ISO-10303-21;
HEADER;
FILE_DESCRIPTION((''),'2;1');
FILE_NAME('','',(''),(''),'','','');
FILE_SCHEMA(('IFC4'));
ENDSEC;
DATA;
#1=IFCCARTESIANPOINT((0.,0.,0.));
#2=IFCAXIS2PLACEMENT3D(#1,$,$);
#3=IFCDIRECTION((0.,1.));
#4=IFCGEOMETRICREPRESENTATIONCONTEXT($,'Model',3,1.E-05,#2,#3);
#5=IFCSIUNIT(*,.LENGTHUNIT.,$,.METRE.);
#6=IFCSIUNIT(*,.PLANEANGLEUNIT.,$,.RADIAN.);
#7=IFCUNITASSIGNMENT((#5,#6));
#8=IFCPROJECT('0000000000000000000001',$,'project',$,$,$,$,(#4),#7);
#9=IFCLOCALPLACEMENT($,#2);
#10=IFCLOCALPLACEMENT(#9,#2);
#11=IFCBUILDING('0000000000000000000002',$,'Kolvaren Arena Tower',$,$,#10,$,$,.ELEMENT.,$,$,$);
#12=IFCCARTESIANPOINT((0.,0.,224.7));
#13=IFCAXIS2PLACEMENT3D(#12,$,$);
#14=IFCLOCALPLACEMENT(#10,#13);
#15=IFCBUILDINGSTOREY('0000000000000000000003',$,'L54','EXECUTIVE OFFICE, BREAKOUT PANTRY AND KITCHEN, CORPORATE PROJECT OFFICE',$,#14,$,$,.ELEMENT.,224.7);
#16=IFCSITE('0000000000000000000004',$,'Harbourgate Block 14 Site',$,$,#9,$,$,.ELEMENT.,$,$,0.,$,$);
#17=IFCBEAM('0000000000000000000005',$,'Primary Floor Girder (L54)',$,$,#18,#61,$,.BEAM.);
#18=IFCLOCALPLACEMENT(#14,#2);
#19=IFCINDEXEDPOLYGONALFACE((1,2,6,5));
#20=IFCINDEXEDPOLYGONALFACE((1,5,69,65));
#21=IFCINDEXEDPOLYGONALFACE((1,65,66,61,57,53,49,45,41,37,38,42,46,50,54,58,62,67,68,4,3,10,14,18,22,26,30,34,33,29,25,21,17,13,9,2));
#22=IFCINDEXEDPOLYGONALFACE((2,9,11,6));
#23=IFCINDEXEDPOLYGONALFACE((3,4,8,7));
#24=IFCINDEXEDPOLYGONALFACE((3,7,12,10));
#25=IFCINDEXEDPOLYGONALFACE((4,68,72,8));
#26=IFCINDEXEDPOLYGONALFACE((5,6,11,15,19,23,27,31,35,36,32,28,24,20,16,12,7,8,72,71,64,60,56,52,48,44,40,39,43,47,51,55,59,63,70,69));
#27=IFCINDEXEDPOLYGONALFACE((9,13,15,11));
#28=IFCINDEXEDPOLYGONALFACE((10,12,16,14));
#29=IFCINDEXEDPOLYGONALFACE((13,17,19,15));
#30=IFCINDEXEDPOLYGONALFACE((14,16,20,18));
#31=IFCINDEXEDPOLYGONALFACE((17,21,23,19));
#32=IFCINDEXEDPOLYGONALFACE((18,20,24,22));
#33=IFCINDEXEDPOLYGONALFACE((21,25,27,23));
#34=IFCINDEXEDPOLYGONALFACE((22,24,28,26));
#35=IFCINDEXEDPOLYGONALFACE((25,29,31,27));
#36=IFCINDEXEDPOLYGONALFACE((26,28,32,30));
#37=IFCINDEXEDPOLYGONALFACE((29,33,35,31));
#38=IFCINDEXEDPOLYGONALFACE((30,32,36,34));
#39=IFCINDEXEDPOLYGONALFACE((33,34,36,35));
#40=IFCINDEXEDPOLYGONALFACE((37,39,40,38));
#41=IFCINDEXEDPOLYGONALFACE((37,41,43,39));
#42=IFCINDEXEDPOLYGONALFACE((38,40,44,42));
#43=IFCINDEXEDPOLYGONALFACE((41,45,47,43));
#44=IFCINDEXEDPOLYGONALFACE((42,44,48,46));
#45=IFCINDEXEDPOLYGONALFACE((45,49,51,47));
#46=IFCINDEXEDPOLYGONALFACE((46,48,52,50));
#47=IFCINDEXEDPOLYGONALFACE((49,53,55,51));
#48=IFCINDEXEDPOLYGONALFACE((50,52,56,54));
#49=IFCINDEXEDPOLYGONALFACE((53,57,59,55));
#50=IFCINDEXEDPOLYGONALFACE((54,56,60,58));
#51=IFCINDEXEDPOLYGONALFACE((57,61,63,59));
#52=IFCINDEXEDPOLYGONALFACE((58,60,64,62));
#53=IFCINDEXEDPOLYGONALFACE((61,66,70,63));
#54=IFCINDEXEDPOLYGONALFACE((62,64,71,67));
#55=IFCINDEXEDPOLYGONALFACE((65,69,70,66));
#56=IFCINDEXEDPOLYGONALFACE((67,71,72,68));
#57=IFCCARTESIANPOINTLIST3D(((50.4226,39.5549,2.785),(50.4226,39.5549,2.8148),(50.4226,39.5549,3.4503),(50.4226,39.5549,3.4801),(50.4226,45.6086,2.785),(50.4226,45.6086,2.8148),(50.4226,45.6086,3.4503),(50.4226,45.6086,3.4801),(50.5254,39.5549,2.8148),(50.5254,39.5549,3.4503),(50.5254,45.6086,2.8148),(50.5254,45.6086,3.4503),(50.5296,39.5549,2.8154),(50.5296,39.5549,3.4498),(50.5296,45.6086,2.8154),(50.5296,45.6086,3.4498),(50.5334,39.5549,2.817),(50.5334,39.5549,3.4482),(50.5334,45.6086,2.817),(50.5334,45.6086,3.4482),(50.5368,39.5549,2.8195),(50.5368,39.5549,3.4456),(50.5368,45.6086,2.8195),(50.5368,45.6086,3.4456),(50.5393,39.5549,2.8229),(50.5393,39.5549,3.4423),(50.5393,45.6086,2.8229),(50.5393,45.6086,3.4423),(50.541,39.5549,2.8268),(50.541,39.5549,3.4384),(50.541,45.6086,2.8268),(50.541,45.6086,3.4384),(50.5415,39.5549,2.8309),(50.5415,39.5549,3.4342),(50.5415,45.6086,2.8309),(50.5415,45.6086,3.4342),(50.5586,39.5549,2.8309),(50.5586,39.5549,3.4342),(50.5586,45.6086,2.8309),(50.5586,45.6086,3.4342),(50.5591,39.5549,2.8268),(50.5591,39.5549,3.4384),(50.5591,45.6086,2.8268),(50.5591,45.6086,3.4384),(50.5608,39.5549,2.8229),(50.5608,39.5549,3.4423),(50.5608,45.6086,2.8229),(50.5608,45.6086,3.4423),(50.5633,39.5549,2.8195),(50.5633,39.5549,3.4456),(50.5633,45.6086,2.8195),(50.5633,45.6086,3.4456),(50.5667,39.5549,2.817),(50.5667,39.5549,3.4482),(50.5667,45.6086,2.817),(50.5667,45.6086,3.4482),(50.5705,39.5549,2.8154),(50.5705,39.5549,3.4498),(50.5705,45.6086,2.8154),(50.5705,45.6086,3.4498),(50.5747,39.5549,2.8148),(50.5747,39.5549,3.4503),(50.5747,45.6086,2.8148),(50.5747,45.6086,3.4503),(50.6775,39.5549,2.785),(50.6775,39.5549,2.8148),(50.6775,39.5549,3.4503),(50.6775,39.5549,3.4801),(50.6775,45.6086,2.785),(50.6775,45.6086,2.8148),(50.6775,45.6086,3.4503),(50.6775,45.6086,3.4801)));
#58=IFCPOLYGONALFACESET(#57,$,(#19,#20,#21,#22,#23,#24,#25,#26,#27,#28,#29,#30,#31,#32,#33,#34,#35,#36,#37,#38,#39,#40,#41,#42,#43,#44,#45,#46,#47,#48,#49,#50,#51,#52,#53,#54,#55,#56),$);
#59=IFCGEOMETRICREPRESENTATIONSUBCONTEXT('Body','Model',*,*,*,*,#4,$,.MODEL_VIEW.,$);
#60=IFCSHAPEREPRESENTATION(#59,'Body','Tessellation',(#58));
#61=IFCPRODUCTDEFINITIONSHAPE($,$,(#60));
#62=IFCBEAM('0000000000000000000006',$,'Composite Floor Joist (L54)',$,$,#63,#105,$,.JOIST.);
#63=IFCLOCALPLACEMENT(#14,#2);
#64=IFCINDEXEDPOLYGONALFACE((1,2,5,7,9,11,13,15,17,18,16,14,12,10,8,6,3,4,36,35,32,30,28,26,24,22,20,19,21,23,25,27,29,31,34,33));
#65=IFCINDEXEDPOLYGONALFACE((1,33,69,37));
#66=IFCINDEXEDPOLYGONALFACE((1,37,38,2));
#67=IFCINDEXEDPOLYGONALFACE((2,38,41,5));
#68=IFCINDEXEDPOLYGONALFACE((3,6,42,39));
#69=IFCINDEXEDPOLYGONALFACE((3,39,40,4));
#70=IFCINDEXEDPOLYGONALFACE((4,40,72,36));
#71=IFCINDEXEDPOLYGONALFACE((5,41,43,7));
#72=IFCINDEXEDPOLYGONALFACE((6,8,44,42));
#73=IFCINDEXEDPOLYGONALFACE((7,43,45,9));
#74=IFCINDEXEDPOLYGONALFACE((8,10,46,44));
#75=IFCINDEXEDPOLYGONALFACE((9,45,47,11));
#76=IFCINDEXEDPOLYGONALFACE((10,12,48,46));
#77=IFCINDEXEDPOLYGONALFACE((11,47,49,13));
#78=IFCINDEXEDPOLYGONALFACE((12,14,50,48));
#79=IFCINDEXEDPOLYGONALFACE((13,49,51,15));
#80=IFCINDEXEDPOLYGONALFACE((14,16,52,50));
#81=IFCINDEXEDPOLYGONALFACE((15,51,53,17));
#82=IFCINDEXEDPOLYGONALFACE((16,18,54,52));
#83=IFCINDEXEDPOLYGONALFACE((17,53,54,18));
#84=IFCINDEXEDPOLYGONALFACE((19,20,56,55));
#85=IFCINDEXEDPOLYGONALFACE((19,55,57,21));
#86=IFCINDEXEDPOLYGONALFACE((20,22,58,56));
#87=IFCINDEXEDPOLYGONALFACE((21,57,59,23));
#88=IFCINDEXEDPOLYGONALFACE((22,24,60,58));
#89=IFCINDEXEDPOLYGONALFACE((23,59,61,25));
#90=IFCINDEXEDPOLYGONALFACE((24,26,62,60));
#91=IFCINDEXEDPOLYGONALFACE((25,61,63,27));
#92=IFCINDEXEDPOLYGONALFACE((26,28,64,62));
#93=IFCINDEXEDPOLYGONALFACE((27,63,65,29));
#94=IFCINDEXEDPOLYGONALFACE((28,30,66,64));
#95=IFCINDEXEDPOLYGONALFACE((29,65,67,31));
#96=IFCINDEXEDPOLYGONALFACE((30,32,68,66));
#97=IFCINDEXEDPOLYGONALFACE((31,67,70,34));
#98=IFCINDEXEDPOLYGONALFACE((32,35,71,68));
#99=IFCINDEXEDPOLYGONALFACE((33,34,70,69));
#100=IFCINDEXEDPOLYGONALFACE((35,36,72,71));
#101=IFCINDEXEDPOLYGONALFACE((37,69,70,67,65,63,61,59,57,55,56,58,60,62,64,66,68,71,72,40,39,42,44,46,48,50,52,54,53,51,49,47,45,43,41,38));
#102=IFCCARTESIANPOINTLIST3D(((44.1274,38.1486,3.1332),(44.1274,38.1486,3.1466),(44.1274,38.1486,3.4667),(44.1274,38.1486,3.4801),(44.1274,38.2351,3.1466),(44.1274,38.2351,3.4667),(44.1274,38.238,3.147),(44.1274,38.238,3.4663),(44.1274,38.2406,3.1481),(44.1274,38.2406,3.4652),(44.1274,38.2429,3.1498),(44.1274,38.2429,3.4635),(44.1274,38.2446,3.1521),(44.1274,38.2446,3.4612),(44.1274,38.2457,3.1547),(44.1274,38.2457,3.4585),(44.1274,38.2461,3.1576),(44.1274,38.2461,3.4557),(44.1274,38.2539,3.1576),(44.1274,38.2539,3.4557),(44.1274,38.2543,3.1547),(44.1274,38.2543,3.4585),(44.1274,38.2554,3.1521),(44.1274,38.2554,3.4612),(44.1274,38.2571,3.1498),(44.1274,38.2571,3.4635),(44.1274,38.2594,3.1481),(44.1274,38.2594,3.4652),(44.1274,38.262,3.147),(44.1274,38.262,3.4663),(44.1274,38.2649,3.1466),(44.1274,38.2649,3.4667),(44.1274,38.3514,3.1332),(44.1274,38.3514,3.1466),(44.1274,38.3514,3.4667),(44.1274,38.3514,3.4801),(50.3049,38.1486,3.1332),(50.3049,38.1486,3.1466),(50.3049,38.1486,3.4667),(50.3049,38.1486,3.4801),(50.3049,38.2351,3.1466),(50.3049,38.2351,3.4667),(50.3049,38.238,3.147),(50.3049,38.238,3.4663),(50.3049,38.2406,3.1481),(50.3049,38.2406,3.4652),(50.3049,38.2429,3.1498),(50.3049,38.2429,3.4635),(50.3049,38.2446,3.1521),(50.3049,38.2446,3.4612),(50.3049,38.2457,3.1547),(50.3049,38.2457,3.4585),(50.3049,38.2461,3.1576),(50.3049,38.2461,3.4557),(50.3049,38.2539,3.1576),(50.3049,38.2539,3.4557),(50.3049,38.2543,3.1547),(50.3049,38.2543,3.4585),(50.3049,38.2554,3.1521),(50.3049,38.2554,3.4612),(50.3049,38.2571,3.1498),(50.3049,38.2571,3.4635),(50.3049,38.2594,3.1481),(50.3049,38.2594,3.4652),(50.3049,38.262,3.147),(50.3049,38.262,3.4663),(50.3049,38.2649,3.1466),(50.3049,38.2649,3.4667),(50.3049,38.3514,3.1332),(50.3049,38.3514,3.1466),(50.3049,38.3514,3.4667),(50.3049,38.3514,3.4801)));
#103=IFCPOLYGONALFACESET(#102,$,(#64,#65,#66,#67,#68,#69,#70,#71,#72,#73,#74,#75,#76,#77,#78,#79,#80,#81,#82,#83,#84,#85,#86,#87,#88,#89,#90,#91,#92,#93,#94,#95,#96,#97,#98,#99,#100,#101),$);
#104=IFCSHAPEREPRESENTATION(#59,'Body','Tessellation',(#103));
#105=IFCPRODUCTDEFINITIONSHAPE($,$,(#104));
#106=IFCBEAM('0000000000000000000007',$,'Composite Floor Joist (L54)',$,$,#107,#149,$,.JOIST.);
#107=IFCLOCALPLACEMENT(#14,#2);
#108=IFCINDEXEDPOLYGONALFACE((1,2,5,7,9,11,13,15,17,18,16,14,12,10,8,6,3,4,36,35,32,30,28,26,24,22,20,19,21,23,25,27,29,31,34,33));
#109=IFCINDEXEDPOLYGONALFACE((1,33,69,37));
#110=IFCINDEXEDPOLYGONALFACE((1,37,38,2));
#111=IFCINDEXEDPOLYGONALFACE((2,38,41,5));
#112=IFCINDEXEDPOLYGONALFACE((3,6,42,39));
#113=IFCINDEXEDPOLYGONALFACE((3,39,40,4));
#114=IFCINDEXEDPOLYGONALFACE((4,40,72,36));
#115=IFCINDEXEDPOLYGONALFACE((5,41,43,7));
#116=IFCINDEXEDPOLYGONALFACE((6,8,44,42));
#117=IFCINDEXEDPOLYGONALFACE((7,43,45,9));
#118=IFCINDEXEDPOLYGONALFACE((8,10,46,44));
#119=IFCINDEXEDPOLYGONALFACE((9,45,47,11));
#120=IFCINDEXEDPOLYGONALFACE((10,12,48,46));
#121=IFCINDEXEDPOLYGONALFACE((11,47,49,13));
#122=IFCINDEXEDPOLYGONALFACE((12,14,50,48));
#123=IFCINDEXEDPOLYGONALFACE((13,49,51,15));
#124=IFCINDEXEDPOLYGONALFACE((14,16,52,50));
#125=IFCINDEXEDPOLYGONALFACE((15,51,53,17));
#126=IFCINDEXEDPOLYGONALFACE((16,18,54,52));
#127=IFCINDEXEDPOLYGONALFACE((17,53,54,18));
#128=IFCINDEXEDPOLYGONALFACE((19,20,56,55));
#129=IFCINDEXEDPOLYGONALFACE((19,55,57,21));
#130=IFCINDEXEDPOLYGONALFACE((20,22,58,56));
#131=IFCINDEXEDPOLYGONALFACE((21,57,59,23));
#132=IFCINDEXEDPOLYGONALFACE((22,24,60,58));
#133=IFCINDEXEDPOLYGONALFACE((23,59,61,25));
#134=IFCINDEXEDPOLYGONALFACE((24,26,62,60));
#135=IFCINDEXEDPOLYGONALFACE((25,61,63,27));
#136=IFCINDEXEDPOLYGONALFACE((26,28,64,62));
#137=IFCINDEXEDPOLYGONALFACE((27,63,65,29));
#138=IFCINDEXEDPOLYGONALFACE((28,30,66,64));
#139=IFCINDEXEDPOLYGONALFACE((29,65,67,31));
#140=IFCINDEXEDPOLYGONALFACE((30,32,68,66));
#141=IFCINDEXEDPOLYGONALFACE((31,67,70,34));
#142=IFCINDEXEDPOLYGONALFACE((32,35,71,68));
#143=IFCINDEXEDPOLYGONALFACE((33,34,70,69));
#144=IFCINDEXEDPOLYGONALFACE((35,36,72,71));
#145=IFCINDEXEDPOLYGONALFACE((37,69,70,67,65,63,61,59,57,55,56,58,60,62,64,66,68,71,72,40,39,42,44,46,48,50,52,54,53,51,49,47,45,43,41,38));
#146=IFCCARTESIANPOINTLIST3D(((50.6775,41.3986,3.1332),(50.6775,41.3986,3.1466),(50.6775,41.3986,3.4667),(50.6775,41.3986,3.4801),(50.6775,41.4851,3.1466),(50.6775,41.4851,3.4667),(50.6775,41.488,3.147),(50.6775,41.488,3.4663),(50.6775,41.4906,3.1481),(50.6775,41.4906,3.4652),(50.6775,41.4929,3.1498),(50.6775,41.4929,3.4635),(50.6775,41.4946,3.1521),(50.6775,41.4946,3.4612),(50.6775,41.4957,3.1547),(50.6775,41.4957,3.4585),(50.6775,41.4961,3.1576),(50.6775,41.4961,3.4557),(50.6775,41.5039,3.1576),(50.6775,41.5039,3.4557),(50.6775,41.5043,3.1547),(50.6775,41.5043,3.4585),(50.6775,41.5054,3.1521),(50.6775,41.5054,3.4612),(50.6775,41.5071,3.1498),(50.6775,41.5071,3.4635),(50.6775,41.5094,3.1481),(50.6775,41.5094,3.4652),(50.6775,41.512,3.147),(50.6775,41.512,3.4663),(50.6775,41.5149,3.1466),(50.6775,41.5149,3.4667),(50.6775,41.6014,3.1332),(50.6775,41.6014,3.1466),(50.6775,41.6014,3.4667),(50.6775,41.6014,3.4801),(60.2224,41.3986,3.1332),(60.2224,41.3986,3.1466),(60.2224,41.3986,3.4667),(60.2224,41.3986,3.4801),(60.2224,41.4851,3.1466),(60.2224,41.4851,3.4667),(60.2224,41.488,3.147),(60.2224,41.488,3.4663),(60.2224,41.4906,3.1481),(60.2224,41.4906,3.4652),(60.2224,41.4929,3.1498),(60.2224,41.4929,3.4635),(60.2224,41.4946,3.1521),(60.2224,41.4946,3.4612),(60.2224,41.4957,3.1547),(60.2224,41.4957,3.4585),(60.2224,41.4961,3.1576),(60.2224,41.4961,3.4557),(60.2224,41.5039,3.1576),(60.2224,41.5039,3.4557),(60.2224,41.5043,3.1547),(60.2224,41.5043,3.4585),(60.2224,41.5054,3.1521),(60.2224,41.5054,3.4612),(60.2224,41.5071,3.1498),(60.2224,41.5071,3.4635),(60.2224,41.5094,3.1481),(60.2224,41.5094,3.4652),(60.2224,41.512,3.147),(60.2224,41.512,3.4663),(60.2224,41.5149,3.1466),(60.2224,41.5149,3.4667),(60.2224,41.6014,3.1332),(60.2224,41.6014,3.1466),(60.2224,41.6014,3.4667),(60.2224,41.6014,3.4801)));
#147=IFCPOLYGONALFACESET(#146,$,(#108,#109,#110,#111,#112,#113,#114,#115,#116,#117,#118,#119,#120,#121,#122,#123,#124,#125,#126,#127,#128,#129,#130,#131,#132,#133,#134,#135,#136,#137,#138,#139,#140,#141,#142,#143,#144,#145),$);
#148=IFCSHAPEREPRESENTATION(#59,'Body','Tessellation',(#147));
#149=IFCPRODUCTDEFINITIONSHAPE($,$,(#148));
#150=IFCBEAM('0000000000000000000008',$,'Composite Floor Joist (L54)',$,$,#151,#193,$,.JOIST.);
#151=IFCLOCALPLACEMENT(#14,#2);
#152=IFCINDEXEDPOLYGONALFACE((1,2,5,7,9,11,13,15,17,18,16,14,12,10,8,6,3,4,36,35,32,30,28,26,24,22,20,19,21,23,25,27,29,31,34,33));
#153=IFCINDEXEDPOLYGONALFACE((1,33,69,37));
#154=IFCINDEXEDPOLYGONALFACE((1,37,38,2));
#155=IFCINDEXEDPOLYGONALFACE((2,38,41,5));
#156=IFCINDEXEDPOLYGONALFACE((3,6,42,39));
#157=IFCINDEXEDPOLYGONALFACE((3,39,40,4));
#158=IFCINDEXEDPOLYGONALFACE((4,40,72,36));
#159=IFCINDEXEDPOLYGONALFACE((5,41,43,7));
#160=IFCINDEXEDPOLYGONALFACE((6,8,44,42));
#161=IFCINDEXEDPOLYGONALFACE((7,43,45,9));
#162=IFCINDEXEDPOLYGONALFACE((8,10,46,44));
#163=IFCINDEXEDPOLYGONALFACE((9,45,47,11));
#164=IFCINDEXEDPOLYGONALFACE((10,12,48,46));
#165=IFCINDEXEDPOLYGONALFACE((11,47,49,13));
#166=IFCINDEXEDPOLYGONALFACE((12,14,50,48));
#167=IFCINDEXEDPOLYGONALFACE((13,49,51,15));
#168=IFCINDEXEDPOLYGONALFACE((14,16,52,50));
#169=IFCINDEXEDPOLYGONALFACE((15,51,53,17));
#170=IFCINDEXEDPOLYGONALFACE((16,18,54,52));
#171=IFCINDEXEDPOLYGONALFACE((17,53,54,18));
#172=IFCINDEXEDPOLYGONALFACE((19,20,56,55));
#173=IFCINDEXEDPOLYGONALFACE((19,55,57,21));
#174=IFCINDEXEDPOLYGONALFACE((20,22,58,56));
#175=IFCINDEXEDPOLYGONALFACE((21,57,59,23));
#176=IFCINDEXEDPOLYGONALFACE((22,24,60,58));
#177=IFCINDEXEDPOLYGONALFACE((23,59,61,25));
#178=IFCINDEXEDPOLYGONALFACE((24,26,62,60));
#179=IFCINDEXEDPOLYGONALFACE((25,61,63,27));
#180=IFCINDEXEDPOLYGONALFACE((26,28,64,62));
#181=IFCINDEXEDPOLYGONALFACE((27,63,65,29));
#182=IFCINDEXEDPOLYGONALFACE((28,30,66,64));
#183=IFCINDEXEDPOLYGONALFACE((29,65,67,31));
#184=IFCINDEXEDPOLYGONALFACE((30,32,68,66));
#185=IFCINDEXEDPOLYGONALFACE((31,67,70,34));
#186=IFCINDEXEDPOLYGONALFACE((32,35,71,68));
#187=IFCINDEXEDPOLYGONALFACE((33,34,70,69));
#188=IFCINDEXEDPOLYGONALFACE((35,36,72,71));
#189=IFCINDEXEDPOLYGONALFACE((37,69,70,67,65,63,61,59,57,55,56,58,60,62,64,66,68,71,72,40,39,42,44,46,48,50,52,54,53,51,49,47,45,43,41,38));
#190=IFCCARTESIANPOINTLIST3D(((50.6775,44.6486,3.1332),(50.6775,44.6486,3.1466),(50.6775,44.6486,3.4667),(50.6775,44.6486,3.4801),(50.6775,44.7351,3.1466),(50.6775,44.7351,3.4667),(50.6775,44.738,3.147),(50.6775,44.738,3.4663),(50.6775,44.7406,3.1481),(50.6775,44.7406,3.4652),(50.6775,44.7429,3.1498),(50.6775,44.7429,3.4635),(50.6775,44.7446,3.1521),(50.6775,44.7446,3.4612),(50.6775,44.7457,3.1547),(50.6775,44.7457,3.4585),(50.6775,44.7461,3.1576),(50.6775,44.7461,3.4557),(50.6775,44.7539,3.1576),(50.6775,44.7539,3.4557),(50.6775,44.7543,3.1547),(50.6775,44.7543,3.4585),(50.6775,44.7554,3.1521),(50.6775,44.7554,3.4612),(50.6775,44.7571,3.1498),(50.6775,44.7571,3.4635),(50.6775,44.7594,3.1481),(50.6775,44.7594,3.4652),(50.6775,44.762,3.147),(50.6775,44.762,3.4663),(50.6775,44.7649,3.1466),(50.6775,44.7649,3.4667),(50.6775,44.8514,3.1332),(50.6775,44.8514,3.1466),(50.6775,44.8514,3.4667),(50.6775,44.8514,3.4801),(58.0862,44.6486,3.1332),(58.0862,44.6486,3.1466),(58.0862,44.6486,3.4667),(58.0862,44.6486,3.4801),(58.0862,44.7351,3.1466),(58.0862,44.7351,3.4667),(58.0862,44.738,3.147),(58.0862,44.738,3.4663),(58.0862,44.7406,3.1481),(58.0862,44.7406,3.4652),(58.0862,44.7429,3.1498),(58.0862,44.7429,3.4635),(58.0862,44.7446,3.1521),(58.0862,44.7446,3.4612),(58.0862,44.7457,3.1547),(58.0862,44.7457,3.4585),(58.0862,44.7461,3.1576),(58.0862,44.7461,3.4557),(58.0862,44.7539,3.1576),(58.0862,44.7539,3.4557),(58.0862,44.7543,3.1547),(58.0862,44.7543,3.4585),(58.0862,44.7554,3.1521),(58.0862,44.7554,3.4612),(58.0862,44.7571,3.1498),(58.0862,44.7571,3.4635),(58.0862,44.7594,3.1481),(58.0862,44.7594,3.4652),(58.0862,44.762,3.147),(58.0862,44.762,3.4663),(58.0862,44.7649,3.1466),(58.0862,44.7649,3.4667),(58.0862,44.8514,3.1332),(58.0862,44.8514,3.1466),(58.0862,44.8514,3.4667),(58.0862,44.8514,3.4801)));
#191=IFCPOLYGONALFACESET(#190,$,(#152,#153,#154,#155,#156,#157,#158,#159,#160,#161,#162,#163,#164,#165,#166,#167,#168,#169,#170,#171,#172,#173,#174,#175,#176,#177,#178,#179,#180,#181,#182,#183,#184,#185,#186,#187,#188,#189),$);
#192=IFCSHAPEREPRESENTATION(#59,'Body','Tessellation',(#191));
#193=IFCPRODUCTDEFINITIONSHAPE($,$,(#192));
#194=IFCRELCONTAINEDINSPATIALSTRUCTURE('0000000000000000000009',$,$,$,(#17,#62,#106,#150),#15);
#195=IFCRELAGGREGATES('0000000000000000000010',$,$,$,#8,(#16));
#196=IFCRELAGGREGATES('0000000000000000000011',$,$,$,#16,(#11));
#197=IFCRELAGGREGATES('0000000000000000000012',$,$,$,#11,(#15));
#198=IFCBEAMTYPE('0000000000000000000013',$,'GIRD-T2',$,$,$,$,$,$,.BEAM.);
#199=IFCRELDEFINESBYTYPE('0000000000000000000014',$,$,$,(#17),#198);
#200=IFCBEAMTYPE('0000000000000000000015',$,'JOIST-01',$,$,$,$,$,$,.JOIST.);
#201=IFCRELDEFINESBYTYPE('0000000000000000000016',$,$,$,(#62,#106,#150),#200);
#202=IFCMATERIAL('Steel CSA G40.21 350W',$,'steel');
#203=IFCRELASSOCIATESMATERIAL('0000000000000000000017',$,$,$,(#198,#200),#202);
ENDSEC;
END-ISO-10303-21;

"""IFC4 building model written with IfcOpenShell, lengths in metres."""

from ifc_helpers import new_model, si_unit, direction, frame, origin, origin_2d, place, context, subcontext, project, spatial, i_section, extrude, material, material_profile, profile_set, type_object, element, save


model = new_model("IFC4")

# Units and contexts
model_context = context("Model", 3, precision=1e-05, world=origin(), true_north=direction((0.0, 1.0)))
body_context = subcontext(model_context, "Body", "Model", "MODEL_VIEW")
ifc_project = project(units=[si_unit("LENGTHUNIT", "METRE"), si_unit("PLANEANGLEUNIT", "RADIAN")], contexts=[model_context])

# Site, building, storey
site_placement = place(None, origin())
site = spatial("IfcSite", under=ifc_project, at=site_placement, Name="Harbourgate Block 14 Site", CompositionType="ELEMENT", RefElevation=0.0)
building_placement = place(site_placement, origin())
building = spatial("IfcBuilding", under=site, at=building_placement, Name="Kolvaren Arena Tower", CompositionType="ELEMENT")
storey_placement = place(building_placement, frame((0.0, 0.0, 224.7)))
storey = spatial("IfcBuildingStorey", under=building, at=storey_placement, Name="L54", Description="EXECUTIVE OFFICE, BREAKOUT PANTRY AND KITCHEN, CORPORATE PROJECT OFFICE", CompositionType="ELEMENT", Elevation=224.7)

# Beams
ifc_material_1 = material(Name="Steel CSA G40.21 350W", Category="steel")
ifc_material_profile_1 = material_profile(ifc_material_1, i_section(OverallWidth=0.2549, OverallDepth=0.6951, WebThickness=0.0171, FlangeThickness=0.0298, FilletRadius=0.0161, at=origin_2d()), Name="W690x217")
ifc_profile_set_1 = profile_set([ifc_material_profile_1], Name="Steel CSA G40.21 350W")
beam_type_1 = type_object("IfcBeamType", Name="GIRD-T2", PredefinedType="BEAM", material=ifc_profile_set_1)
beam_1_placement = place(storey_placement, frame((50.55, 39.5549, 3.1326), z_axis=(0.0, 1.0, 0.0), x_axis=(-1.0, 0.0, 0.0)))
element("IfcBeam", 1, at=beam_1_placement, inside=storey, type_object=beam_type_1, Name="Primary Floor Girder (L54)", PredefinedType="BEAM", context=body_context, shape_type="SweptSolid", body=[
    extrude(i_section(OverallWidth=0.2549, OverallDepth=0.6951, WebThickness=0.0171, FlangeThickness=0.0298, FilletRadius=0.0161, at=origin_2d()), origin(), (0.0, 0.0, 1.0), 6.0537),
])
ifc_material_profile_2 = material_profile(ifc_material_1, i_section(OverallWidth=0.2029, OverallDepth=0.3469, WebThickness=0.0078, FlangeThickness=0.0134, FilletRadius=0.011, at=origin_2d()), Name="W360x64")
ifc_profile_set_2 = profile_set([ifc_material_profile_2], Name="Steel CSA G40.21 350W")
beam_type_2 = type_object("IfcBeamType", Name="JOIST-01", PredefinedType="JOIST", material=ifc_profile_set_2)
beam_2_placement = place(storey_placement, frame((44.1274, 38.25, 3.3066), z_axis=(1.0, 0.0, 0.0), x_axis=(0.0, 1.0, 0.0)))
element("IfcBeam", 2, at=beam_2_placement, inside=storey, type_object=beam_type_2, Name="Composite Floor Joist (L54)", PredefinedType="JOIST", context=body_context, shape_type="SweptSolid", body=[
    extrude(i_section(OverallWidth=0.2029, OverallDepth=0.3469, WebThickness=0.0078, FlangeThickness=0.0134, FilletRadius=0.011, at=origin_2d()), origin(), (0.0, 0.0, 1.0), 6.1775),
])
beam_3_placement = place(storey_placement, frame((50.6775, 41.5, 3.3066), z_axis=(1.0, 0.0, 0.0), x_axis=(0.0, 1.0, 0.0)))
element("IfcBeam", 3, at=beam_3_placement, inside=storey, type_object=beam_type_2, Name="Composite Floor Joist (L54)", PredefinedType="JOIST", context=body_context, shape_type="SweptSolid", body=[
    extrude(i_section(OverallWidth=0.2029, OverallDepth=0.3469, WebThickness=0.0078, FlangeThickness=0.0134, FilletRadius=0.011, at=origin_2d()), origin(), (0.0, 0.0, 1.0), 9.5449),
])
beam_4_placement = place(storey_placement, frame((50.6775, 44.75, 3.3066), z_axis=(1.0, 0.0, 0.0), x_axis=(0.0, 1.0, 0.0)))
element("IfcBeam", 4, at=beam_4_placement, inside=storey, type_object=beam_type_2, Name="Composite Floor Joist (L54)", PredefinedType="JOIST", context=body_context, shape_type="SweptSolid", body=[
    extrude(i_section(OverallWidth=0.2029, OverallDepth=0.3469, WebThickness=0.0078, FlangeThickness=0.0134, FilletRadius=0.011, at=origin_2d()), origin(), (0.0, 0.0, 1.0), 7.4087),
])

save(model, "model.ifc")
